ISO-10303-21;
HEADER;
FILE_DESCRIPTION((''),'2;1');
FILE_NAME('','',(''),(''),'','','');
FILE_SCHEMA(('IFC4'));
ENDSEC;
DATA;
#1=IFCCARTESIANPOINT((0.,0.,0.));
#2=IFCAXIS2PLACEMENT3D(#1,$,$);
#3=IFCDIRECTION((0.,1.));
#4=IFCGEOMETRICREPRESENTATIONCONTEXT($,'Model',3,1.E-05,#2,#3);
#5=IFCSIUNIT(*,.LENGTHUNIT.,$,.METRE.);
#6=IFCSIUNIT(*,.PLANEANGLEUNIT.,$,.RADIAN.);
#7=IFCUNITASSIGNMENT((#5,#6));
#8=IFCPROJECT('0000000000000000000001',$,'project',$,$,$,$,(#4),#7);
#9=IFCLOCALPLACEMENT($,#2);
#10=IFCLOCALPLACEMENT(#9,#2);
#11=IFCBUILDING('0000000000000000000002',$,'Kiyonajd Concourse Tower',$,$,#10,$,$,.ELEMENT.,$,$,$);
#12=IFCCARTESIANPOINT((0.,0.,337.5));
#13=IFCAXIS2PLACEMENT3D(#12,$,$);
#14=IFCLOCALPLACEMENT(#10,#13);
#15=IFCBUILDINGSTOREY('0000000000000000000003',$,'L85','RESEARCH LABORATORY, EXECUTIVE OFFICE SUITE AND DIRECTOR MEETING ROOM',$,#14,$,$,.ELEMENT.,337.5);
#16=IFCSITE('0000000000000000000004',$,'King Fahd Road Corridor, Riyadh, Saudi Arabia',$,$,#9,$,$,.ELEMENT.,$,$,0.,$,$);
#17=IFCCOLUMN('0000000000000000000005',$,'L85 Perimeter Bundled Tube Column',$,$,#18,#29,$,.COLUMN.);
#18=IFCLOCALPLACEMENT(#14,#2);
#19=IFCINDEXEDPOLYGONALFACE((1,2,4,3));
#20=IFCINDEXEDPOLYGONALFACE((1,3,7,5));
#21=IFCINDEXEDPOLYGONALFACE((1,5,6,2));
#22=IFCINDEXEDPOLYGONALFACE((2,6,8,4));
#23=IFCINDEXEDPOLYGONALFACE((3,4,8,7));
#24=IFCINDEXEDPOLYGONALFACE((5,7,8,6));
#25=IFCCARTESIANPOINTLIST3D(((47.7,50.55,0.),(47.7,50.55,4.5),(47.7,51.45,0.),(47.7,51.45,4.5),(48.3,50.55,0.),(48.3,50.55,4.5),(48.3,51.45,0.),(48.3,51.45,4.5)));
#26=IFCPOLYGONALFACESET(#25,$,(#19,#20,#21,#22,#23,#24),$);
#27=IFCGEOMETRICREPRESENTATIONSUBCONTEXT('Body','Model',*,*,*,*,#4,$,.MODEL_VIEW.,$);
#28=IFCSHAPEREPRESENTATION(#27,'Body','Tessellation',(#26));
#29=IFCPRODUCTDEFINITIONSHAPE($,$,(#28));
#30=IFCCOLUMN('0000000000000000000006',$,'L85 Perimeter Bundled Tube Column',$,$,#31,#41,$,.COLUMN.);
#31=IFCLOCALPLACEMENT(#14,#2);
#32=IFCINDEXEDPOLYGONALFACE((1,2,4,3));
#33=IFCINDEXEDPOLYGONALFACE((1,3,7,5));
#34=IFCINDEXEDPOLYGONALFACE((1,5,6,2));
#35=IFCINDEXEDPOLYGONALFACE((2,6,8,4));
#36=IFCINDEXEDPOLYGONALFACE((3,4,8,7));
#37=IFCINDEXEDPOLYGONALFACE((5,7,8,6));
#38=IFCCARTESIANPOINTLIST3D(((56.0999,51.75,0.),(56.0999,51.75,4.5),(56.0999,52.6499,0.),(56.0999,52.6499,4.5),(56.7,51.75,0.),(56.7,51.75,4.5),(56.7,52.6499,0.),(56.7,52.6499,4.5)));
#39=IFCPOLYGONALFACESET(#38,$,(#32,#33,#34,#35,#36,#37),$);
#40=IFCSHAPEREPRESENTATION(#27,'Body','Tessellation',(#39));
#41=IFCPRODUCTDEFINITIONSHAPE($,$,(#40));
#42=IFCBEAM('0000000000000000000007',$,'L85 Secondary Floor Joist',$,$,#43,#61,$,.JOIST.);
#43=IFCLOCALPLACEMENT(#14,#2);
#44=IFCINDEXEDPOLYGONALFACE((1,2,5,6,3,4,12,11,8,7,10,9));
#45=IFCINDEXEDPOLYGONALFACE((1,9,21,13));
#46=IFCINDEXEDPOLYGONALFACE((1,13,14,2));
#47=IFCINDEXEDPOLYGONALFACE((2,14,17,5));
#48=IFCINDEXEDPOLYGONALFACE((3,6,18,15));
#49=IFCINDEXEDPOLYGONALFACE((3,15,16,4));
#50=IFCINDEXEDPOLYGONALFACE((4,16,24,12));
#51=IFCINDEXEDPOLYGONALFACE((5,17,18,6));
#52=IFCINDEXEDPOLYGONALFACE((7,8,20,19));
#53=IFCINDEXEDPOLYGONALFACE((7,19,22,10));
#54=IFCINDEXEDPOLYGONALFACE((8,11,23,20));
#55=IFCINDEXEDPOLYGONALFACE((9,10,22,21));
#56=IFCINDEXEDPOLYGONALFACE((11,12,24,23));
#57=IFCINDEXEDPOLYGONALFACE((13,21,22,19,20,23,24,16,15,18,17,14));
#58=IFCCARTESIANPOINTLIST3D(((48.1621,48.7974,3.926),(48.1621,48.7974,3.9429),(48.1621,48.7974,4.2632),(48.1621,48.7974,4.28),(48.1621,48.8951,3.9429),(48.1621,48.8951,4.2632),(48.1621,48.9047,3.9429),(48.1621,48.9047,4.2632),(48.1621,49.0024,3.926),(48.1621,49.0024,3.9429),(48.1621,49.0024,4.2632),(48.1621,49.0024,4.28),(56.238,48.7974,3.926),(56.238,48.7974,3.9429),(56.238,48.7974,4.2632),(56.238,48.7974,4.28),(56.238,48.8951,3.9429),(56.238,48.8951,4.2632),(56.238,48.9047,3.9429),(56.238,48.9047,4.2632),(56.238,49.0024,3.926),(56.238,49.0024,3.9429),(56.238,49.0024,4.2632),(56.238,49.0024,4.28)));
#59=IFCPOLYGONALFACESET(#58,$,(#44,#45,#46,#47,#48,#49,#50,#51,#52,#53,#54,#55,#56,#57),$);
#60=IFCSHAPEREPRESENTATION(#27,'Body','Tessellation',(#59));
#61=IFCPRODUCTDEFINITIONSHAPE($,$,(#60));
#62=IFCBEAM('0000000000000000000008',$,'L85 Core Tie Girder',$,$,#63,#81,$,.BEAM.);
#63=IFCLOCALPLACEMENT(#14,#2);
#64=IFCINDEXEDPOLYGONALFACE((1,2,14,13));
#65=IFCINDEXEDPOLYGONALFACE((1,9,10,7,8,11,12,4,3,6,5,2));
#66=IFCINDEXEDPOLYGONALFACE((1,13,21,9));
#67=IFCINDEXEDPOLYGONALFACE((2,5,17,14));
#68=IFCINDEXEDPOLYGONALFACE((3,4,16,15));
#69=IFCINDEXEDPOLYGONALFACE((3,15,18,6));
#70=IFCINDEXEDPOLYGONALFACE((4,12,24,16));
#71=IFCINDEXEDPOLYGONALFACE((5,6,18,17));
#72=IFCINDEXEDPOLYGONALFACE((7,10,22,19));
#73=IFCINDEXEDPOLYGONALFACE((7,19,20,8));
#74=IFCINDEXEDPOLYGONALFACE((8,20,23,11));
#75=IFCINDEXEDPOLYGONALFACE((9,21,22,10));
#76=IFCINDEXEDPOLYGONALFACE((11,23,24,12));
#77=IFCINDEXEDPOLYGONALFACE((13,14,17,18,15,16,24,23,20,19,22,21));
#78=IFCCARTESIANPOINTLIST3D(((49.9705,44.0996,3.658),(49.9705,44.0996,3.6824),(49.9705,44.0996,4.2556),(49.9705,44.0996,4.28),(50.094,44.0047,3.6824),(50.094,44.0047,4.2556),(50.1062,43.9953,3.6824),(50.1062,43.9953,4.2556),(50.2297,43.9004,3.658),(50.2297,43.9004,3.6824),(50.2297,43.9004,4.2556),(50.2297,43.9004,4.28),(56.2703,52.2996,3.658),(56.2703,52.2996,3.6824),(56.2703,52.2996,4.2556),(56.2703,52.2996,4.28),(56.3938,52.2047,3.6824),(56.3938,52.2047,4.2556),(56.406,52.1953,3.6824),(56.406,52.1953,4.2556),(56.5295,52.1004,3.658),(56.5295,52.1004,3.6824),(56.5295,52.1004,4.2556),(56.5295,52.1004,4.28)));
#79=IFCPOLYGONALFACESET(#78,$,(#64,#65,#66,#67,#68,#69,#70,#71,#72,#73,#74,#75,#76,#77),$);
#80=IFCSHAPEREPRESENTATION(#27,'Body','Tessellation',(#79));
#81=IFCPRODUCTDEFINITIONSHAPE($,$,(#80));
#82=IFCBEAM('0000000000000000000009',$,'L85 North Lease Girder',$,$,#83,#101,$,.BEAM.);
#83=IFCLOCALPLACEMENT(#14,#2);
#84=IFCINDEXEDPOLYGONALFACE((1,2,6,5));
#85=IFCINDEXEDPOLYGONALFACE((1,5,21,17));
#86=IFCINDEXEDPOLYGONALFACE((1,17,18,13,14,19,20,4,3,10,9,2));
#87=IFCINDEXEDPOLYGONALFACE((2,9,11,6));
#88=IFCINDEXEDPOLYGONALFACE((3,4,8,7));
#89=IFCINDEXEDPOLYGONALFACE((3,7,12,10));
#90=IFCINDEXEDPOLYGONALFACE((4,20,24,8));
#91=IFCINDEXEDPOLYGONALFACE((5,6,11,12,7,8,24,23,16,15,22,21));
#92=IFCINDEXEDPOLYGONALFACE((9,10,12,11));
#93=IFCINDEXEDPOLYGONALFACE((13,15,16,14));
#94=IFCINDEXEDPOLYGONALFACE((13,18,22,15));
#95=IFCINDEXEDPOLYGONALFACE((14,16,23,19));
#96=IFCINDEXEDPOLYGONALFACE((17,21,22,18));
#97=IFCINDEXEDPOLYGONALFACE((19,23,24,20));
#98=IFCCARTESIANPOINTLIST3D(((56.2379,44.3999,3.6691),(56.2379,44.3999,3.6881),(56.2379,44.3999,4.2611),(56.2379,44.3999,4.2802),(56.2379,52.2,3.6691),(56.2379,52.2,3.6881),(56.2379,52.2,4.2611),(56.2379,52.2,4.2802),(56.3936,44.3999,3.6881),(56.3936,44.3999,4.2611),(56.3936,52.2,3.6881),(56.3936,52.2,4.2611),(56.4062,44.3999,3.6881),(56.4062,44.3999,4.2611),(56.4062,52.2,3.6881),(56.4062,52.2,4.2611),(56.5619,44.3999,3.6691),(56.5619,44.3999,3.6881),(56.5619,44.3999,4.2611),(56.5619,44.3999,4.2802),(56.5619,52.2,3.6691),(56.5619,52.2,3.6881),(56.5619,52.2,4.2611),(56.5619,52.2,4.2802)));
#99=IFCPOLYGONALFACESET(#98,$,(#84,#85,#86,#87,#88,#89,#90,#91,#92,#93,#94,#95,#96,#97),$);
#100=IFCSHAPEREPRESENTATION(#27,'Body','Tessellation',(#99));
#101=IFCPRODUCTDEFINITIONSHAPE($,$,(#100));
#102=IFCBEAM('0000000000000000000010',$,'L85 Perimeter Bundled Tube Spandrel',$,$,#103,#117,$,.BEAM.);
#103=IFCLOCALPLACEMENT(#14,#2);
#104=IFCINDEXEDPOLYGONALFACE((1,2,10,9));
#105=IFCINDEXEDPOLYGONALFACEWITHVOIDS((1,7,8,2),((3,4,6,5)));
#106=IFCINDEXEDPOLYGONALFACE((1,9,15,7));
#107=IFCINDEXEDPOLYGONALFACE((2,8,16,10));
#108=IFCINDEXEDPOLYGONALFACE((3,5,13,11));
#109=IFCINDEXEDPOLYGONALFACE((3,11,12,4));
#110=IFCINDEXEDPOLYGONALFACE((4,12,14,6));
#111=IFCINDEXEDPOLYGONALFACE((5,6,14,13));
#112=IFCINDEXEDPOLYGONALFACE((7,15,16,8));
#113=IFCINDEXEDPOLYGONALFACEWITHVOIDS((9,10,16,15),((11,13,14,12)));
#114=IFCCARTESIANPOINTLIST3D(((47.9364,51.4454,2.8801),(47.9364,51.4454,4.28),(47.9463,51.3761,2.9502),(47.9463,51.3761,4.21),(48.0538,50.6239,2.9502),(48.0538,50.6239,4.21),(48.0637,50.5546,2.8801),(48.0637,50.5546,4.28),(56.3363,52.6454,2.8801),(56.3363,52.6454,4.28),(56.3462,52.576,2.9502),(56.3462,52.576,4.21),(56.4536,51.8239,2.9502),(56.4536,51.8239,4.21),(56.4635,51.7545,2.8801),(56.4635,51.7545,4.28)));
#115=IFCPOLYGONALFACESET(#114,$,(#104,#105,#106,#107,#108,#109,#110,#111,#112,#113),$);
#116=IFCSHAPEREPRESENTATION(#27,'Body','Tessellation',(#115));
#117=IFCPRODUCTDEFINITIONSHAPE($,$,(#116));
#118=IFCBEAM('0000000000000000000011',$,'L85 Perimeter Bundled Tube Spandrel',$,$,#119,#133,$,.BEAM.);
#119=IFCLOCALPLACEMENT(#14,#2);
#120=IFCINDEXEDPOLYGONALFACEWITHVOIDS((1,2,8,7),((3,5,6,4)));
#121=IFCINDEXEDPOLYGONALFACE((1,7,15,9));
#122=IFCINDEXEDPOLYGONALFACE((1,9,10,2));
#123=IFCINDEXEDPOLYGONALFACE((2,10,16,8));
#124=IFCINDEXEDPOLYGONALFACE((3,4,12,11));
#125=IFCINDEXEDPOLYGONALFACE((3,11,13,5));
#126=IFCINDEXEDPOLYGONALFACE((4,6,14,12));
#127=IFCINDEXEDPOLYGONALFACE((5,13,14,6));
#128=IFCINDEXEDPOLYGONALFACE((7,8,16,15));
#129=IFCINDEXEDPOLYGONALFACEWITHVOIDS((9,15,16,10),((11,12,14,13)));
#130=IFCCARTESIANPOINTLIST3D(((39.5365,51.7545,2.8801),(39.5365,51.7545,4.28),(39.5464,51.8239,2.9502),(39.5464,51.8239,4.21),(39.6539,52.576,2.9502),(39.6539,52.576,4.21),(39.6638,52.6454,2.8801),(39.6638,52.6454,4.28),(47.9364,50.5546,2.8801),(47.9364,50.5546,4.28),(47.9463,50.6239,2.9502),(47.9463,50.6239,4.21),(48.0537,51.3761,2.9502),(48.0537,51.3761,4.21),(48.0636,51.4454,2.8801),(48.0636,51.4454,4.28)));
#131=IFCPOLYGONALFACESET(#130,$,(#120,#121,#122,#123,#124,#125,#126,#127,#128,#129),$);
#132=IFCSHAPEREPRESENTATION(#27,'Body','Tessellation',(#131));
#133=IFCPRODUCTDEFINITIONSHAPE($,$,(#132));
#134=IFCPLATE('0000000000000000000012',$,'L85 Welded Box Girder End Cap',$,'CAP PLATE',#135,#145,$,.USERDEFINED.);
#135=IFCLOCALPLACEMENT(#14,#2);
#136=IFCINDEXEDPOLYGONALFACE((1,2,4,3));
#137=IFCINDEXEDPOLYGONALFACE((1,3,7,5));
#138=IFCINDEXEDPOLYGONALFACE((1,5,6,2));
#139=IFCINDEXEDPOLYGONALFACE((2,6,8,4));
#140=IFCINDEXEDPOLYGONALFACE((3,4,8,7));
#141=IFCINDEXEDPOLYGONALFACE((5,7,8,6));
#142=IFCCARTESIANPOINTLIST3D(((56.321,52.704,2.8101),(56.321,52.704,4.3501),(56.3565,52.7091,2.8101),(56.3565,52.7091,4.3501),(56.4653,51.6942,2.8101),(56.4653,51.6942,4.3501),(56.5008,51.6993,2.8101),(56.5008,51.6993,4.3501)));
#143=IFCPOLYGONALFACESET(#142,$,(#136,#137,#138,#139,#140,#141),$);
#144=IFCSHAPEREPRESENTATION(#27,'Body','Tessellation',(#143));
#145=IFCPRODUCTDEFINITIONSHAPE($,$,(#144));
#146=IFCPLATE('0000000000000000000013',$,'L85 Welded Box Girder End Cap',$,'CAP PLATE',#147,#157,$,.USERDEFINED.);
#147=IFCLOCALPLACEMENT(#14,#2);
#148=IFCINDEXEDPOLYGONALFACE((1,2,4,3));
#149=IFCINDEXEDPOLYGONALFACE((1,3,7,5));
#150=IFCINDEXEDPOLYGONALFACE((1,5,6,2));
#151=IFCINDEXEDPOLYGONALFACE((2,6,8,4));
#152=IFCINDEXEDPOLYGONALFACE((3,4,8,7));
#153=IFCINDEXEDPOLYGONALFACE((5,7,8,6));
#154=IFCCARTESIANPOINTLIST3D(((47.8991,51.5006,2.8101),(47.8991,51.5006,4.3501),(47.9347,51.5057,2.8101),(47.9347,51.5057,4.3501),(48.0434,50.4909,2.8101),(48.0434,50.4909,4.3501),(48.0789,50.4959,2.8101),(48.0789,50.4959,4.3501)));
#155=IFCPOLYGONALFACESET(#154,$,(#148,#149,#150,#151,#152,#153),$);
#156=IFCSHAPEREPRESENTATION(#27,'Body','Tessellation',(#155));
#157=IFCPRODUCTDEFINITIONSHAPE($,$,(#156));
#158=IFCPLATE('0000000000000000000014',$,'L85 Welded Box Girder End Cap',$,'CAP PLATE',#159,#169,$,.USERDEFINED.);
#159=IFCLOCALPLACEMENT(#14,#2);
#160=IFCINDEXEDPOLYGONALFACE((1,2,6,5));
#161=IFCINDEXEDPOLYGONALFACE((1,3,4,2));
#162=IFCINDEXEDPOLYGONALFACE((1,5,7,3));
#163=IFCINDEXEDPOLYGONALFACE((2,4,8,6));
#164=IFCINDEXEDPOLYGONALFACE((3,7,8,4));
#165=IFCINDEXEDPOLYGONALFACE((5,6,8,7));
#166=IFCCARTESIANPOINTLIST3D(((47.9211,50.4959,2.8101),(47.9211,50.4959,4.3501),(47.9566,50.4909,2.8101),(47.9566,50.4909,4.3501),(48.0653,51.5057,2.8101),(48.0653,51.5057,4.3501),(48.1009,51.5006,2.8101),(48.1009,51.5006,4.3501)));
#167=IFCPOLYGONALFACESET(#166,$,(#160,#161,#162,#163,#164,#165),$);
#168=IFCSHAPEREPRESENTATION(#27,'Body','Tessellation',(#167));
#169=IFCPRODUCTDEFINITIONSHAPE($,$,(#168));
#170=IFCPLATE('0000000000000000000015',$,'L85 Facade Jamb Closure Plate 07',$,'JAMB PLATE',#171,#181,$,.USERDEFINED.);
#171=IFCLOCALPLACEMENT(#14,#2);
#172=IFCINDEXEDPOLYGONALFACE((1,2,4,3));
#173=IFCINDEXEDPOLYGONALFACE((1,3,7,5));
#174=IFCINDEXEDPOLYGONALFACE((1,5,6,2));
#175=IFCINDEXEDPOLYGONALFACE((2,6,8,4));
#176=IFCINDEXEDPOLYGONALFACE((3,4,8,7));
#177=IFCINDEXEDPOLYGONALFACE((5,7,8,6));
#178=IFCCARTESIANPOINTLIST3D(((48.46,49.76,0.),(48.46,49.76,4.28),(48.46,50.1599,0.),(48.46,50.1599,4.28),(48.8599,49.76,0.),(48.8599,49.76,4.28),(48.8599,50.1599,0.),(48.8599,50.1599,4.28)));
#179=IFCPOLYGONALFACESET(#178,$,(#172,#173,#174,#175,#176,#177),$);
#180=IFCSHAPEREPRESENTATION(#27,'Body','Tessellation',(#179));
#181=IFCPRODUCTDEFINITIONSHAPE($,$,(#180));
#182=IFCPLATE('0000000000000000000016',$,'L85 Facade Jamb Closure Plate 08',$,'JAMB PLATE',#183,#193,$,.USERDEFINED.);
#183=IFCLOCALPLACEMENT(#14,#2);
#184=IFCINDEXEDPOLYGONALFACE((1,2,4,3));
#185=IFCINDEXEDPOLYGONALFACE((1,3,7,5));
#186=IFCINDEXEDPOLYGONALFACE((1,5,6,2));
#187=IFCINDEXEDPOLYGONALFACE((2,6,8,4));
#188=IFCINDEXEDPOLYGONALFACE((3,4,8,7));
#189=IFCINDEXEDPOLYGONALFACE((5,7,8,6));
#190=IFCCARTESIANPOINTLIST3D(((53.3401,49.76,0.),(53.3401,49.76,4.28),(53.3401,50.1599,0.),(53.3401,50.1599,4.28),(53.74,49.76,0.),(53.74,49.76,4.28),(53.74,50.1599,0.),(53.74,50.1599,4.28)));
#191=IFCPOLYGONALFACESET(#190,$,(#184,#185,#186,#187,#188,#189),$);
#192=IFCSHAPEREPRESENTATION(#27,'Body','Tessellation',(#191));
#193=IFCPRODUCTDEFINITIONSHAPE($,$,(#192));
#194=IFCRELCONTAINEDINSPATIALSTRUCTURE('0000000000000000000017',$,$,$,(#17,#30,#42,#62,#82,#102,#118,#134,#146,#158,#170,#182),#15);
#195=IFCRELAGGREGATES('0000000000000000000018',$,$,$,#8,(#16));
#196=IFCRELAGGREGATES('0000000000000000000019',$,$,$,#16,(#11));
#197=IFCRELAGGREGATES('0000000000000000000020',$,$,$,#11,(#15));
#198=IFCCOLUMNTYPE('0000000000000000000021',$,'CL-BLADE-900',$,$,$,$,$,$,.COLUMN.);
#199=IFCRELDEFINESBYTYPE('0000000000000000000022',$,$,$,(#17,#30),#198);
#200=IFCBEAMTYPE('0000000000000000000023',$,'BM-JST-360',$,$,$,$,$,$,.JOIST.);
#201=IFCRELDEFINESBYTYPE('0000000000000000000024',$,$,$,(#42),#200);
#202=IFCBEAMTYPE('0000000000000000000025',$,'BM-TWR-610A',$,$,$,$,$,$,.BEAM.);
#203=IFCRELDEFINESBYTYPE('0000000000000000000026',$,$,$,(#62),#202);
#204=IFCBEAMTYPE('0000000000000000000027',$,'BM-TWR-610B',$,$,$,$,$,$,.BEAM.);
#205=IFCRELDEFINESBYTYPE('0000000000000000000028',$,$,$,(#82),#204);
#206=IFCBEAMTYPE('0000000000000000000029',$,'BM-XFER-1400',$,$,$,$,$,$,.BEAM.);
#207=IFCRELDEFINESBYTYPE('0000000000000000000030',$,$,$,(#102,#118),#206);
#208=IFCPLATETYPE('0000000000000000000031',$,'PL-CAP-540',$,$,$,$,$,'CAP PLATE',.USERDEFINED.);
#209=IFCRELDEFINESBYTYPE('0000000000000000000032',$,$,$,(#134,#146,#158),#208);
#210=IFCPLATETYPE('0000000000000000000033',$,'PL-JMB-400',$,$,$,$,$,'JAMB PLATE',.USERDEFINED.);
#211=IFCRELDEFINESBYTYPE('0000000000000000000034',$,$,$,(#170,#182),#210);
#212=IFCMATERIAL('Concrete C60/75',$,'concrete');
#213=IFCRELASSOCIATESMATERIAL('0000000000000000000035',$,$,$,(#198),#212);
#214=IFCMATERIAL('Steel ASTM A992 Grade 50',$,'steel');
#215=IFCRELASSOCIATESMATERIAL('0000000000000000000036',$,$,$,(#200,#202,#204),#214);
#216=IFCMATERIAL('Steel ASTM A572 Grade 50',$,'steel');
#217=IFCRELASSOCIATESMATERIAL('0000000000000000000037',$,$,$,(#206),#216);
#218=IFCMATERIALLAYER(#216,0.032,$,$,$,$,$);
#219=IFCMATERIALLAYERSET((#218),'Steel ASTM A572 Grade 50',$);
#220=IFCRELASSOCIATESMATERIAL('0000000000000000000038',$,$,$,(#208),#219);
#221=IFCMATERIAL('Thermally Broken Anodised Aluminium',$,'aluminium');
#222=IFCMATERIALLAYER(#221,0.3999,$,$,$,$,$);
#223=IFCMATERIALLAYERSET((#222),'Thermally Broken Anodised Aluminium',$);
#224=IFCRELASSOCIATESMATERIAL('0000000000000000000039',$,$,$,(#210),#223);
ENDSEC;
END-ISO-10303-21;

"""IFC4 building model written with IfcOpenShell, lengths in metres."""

from ifc_helpers import new_model, si_unit, direction, frame, origin, origin_2d, place, context, subcontext, project, spatial, rectangle, hollow_rectangle, i_section, extrude, material, layer, layer_set, material_profile, profile_set, type_object, element, save


model = new_model("IFC4")

# Units and contexts
model_context = context("Model", 3, precision=1e-05, world=origin(), true_north=direction((0.0, 1.0)))
body_context = subcontext(model_context, "Body", "Model", "MODEL_VIEW")
ifc_project = project(units=[si_unit("LENGTHUNIT", "METRE"), si_unit("PLANEANGLEUNIT", "RADIAN")], contexts=[model_context])

# Site, building, storey
site_placement = place(None, origin())
site = spatial("IfcSite", under=ifc_project, at=site_placement, Name="King Fahd Road Corridor, Riyadh, Saudi Arabia", CompositionType="ELEMENT", RefElevation=0.0)
building_placement = place(site_placement, origin())
building = spatial("IfcBuilding", under=site, at=building_placement, Name="Kiyonajd Concourse Tower", CompositionType="ELEMENT")
storey_placement = place(building_placement, frame((0.0, 0.0, 337.5)))
storey = spatial("IfcBuildingStorey", under=building, at=storey_placement, Name="L85", Description="RESEARCH LABORATORY, EXECUTIVE OFFICE SUITE AND DIRECTOR MEETING ROOM", CompositionType="ELEMENT", Elevation=337.5)

# Columns
ifc_material_1 = material(Name="Concrete C60/75", Category="concrete")
ifc_material_profile_1 = material_profile(ifc_material_1, rectangle(XDim=0.6001, YDim=0.8999, at=origin_2d()), Name="RC-900x600")
ifc_profile_set_1 = profile_set([ifc_material_profile_1], Name="Concrete C60/75")
column_type = type_object("IfcColumnType", Name="CL-BLADE-900", PredefinedType="COLUMN", material=ifc_profile_set_1)
for number, where, z_axis, x_axis, name in (
    (1, (48.0, 51.0, 0.0), (0.0, 0.0, 1.0), (1.0, 0.0, 0.0), "L85 Perimeter Bundled Tube Column"),
    (2, (56.3999, 52.2, 0.0), (0.0, 0.0, 1.0), (1.0, 0.0, 0.0), "L85 Perimeter Bundled Tube Column"),
):
    element("IfcColumn", number, at=place(storey_placement, frame(where, z_axis=z_axis, x_axis=x_axis)), inside=storey, type_object=column_type, Name=name, PredefinedType="COLUMN", context=body_context, shape_type="SweptSolid", body=[
        extrude(rectangle(XDim=0.6001, YDim=0.8999, at=origin_2d()), origin(), (0.0, 0.0, 1.0), 4.5),
    ])

# Beams
ifc_material_2 = material(Name="Steel ASTM A992 Grade 50", Category="steel")
ifc_material_profile_2 = material_profile(ifc_material_2, i_section(OverallWidth=0.2051, OverallDepth=0.354, WebThickness=0.0095, FlangeThickness=0.0168, at=origin_2d()), Name="W360X79")
ifc_profile_set_2 = profile_set([ifc_material_profile_2], Name="Steel ASTM A992 Grade 50")
beam_type_1 = type_object("IfcBeamType", Name="BM-JST-360", PredefinedType="JOIST", material=ifc_profile_set_2)
beam_1_placement = place(storey_placement, frame((48.1621, 48.8999, 4.103), z_axis=(1.0, 0.0, 0.0), x_axis=(0.0, 1.0, 0.0)))
element("IfcBeam", 3, at=beam_1_placement, inside=storey, type_object=beam_type_1, Name="L85 Secondary Floor Joist", PredefinedType="JOIST", context=body_context, shape_type="SweptSolid", body=[
    extrude(i_section(OverallWidth=0.2051, OverallDepth=0.354, WebThickness=0.0095, FlangeThickness=0.0168, at=origin_2d()), origin(), (0.0, 0.0, 1.0), 8.0759),
])
ifc_material_profile_3 = material_profile(ifc_material_2, i_section(OverallWidth=0.3269, OverallDepth=0.6221, WebThickness=0.0154, FlangeThickness=0.0244, at=origin_2d()), Name="W610X195")
ifc_profile_set_3 = profile_set([ifc_material_profile_3], Name="Steel ASTM A992 Grade 50")
beam_type_2 = type_object("IfcBeamType", Name="BM-TWR-610A", PredefinedType="BEAM", material=ifc_profile_set_3)
beam_2_placement = place(storey_placement, frame((50.1001, 44.0, 3.969), z_axis=(0.609234, 0.792991, 0.0), x_axis=(-0.792991, 0.609234, 0.0)))
element("IfcBeam", 4, at=beam_2_placement, inside=storey, type_object=beam_type_2, Name="L85 Core Tie Girder", PredefinedType="BEAM", context=body_context, shape_type="SweptSolid", body=[
    extrude(i_section(OverallWidth=0.3269, OverallDepth=0.6221, WebThickness=0.0154, FlangeThickness=0.0244, at=origin_2d()), origin(), (0.0, 0.0, 1.0), 10.3406),
])
ifc_material_profile_4 = material_profile(ifc_material_2, i_section(OverallWidth=0.324, OverallDepth=0.6111, WebThickness=0.0127, FlangeThickness=0.019, at=origin_2d()), Name="W610X155")
ifc_profile_set_4 = profile_set([ifc_material_profile_4], Name="Steel ASTM A992 Grade 50")
beam_type_3 = type_object("IfcBeamType", Name="BM-TWR-610B", PredefinedType="BEAM", material=ifc_profile_set_4)
beam_3_placement = place(storey_placement, frame((56.3999, 44.3999, 3.9746), z_axis=(0.0, 1.0, 0.0), x_axis=(-1.0, 0.0, 0.0)))
element("IfcBeam", 5, at=beam_3_placement, inside=storey, type_object=beam_type_3, Name="L85 North Lease Girder", PredefinedType="BEAM", context=body_context, shape_type="SweptSolid", body=[
    extrude(i_section(OverallWidth=0.324, OverallDepth=0.6111, WebThickness=0.0127, FlangeThickness=0.019, at=origin_2d()), origin(), (0.0, 0.0, 1.0), 7.8),
])
ifc_material_3 = material(Name="Steel ASTM A572 Grade 50", Category="steel")
ifc_material_profile_5 = material_profile(ifc_material_3, hollow_rectangle(XDim=0.8999, YDim=1.3999, WallThickness=0.0701, at=origin_2d()), Name="BOX-1400x900x70")
ifc_profile_set_5 = profile_set([ifc_material_profile_5], Name="Steel ASTM A572 Grade 50")
beam_type_4 = type_object("IfcBeamType", Name="BM-XFER-1400", PredefinedType="BEAM", material=ifc_profile_set_5)
for number, where, z_axis, x_axis, name in (
    (6, (56.3999, 52.2, 3.5801), (-0.98995, -0.141417, 0.0), (0.141417, -0.98995, 0.0), "L85 Perimeter Bundled Tube Spandrel"),
    (7, (48.0, 51.0, 3.5801), (-0.98995, 0.141417, 0.0), (-0.141417, -0.98995, 0.0), "L85 Perimeter Bundled Tube Spandrel"),
):
    element("IfcBeam", number, at=place(storey_placement, frame(where, z_axis=z_axis, x_axis=x_axis)), inside=storey, type_object=beam_type_4, Name=name, PredefinedType="BEAM", context=body_context, shape_type="SweptSolid", body=[
        extrude(hollow_rectangle(XDim=0.8999, YDim=1.3999, WallThickness=0.0701, at=origin_2d()), origin(), (0.0, 0.0, 1.0), 8.4851),
    ])

# Plates
ifc_layer_1 = layer(ifc_material_3, 0.032)
ifc_layer_set_1 = layer_set([ifc_layer_1], Name="Steel ASTM A572 Grade 50")
plate_type_1 = type_object("IfcPlateType", Name="PL-CAP-540", ElementType="CAP PLATE", PredefinedType="USERDEFINED", material=ifc_layer_set_1)
for number, where, z_axis, x_axis, name in (
    (8, (56.4109, 52.2017, 2.8101), (0.0, 0.0, 1.0), (0.98995, 0.14142, 0.0), "L85 Welded Box Girder End Cap"),
    (9, (47.989, 50.9983, 2.8101), (0.0, 0.0, 1.0), (-0.98995, -0.14142, 0.0), "L85 Welded Box Girder End Cap"),
    (10, (48.011, 50.9983, 2.8101), (0.0, 0.0, 1.0), (0.98995, -0.14142, 0.0), "L85 Welded Box Girder End Cap"),
):
    element("IfcPlate", number, at=place(storey_placement, frame(where, z_axis=z_axis, x_axis=x_axis)), inside=storey, type_object=plate_type_1, Name=name, ObjectType="CAP PLATE", PredefinedType="USERDEFINED", context=body_context, shape_type="SweptSolid", body=[
        extrude(rectangle(XDim=0.0359, YDim=1.02, at=origin_2d()), origin(), (0.0, 0.0, 1.0), 1.54),
    ])
ifc_material_4 = material(Name="Thermally Broken Anodised Aluminium", Category="aluminium")
ifc_layer_2 = layer(ifc_material_4, 0.3999)
ifc_layer_set_2 = layer_set([ifc_layer_2], Name="Thermally Broken Anodised Aluminium")
plate_type_2 = type_object("IfcPlateType", Name="PL-JMB-400", ElementType="JAMB PLATE", PredefinedType="USERDEFINED", material=ifc_layer_set_2)
for number, where, z_axis, x_axis, name in (
    (11, (48.6599, 49.96, 0.0), (0.0, 0.0, 1.0), (1.0, 0.0, 0.0), "L85 Facade Jamb Closure Plate 07"),
    (12, (53.54, 49.96, 0.0), (0.0, 0.0, 1.0), (1.0, 0.0, 0.0), "L85 Facade Jamb Closure Plate 08"),
):
    element("IfcPlate", number, at=place(storey_placement, frame(where, z_axis=z_axis, x_axis=x_axis)), inside=storey, type_object=plate_type_2, Name=name, ObjectType="JAMB PLATE", PredefinedType="USERDEFINED", context=body_context, shape_type="SweptSolid", body=[
        extrude(rectangle(XDim=0.3999, YDim=0.3999, at=origin_2d()), origin(), (0.0, 0.0, 1.0), 4.28),
    ])

save(model, "model.ifc")
